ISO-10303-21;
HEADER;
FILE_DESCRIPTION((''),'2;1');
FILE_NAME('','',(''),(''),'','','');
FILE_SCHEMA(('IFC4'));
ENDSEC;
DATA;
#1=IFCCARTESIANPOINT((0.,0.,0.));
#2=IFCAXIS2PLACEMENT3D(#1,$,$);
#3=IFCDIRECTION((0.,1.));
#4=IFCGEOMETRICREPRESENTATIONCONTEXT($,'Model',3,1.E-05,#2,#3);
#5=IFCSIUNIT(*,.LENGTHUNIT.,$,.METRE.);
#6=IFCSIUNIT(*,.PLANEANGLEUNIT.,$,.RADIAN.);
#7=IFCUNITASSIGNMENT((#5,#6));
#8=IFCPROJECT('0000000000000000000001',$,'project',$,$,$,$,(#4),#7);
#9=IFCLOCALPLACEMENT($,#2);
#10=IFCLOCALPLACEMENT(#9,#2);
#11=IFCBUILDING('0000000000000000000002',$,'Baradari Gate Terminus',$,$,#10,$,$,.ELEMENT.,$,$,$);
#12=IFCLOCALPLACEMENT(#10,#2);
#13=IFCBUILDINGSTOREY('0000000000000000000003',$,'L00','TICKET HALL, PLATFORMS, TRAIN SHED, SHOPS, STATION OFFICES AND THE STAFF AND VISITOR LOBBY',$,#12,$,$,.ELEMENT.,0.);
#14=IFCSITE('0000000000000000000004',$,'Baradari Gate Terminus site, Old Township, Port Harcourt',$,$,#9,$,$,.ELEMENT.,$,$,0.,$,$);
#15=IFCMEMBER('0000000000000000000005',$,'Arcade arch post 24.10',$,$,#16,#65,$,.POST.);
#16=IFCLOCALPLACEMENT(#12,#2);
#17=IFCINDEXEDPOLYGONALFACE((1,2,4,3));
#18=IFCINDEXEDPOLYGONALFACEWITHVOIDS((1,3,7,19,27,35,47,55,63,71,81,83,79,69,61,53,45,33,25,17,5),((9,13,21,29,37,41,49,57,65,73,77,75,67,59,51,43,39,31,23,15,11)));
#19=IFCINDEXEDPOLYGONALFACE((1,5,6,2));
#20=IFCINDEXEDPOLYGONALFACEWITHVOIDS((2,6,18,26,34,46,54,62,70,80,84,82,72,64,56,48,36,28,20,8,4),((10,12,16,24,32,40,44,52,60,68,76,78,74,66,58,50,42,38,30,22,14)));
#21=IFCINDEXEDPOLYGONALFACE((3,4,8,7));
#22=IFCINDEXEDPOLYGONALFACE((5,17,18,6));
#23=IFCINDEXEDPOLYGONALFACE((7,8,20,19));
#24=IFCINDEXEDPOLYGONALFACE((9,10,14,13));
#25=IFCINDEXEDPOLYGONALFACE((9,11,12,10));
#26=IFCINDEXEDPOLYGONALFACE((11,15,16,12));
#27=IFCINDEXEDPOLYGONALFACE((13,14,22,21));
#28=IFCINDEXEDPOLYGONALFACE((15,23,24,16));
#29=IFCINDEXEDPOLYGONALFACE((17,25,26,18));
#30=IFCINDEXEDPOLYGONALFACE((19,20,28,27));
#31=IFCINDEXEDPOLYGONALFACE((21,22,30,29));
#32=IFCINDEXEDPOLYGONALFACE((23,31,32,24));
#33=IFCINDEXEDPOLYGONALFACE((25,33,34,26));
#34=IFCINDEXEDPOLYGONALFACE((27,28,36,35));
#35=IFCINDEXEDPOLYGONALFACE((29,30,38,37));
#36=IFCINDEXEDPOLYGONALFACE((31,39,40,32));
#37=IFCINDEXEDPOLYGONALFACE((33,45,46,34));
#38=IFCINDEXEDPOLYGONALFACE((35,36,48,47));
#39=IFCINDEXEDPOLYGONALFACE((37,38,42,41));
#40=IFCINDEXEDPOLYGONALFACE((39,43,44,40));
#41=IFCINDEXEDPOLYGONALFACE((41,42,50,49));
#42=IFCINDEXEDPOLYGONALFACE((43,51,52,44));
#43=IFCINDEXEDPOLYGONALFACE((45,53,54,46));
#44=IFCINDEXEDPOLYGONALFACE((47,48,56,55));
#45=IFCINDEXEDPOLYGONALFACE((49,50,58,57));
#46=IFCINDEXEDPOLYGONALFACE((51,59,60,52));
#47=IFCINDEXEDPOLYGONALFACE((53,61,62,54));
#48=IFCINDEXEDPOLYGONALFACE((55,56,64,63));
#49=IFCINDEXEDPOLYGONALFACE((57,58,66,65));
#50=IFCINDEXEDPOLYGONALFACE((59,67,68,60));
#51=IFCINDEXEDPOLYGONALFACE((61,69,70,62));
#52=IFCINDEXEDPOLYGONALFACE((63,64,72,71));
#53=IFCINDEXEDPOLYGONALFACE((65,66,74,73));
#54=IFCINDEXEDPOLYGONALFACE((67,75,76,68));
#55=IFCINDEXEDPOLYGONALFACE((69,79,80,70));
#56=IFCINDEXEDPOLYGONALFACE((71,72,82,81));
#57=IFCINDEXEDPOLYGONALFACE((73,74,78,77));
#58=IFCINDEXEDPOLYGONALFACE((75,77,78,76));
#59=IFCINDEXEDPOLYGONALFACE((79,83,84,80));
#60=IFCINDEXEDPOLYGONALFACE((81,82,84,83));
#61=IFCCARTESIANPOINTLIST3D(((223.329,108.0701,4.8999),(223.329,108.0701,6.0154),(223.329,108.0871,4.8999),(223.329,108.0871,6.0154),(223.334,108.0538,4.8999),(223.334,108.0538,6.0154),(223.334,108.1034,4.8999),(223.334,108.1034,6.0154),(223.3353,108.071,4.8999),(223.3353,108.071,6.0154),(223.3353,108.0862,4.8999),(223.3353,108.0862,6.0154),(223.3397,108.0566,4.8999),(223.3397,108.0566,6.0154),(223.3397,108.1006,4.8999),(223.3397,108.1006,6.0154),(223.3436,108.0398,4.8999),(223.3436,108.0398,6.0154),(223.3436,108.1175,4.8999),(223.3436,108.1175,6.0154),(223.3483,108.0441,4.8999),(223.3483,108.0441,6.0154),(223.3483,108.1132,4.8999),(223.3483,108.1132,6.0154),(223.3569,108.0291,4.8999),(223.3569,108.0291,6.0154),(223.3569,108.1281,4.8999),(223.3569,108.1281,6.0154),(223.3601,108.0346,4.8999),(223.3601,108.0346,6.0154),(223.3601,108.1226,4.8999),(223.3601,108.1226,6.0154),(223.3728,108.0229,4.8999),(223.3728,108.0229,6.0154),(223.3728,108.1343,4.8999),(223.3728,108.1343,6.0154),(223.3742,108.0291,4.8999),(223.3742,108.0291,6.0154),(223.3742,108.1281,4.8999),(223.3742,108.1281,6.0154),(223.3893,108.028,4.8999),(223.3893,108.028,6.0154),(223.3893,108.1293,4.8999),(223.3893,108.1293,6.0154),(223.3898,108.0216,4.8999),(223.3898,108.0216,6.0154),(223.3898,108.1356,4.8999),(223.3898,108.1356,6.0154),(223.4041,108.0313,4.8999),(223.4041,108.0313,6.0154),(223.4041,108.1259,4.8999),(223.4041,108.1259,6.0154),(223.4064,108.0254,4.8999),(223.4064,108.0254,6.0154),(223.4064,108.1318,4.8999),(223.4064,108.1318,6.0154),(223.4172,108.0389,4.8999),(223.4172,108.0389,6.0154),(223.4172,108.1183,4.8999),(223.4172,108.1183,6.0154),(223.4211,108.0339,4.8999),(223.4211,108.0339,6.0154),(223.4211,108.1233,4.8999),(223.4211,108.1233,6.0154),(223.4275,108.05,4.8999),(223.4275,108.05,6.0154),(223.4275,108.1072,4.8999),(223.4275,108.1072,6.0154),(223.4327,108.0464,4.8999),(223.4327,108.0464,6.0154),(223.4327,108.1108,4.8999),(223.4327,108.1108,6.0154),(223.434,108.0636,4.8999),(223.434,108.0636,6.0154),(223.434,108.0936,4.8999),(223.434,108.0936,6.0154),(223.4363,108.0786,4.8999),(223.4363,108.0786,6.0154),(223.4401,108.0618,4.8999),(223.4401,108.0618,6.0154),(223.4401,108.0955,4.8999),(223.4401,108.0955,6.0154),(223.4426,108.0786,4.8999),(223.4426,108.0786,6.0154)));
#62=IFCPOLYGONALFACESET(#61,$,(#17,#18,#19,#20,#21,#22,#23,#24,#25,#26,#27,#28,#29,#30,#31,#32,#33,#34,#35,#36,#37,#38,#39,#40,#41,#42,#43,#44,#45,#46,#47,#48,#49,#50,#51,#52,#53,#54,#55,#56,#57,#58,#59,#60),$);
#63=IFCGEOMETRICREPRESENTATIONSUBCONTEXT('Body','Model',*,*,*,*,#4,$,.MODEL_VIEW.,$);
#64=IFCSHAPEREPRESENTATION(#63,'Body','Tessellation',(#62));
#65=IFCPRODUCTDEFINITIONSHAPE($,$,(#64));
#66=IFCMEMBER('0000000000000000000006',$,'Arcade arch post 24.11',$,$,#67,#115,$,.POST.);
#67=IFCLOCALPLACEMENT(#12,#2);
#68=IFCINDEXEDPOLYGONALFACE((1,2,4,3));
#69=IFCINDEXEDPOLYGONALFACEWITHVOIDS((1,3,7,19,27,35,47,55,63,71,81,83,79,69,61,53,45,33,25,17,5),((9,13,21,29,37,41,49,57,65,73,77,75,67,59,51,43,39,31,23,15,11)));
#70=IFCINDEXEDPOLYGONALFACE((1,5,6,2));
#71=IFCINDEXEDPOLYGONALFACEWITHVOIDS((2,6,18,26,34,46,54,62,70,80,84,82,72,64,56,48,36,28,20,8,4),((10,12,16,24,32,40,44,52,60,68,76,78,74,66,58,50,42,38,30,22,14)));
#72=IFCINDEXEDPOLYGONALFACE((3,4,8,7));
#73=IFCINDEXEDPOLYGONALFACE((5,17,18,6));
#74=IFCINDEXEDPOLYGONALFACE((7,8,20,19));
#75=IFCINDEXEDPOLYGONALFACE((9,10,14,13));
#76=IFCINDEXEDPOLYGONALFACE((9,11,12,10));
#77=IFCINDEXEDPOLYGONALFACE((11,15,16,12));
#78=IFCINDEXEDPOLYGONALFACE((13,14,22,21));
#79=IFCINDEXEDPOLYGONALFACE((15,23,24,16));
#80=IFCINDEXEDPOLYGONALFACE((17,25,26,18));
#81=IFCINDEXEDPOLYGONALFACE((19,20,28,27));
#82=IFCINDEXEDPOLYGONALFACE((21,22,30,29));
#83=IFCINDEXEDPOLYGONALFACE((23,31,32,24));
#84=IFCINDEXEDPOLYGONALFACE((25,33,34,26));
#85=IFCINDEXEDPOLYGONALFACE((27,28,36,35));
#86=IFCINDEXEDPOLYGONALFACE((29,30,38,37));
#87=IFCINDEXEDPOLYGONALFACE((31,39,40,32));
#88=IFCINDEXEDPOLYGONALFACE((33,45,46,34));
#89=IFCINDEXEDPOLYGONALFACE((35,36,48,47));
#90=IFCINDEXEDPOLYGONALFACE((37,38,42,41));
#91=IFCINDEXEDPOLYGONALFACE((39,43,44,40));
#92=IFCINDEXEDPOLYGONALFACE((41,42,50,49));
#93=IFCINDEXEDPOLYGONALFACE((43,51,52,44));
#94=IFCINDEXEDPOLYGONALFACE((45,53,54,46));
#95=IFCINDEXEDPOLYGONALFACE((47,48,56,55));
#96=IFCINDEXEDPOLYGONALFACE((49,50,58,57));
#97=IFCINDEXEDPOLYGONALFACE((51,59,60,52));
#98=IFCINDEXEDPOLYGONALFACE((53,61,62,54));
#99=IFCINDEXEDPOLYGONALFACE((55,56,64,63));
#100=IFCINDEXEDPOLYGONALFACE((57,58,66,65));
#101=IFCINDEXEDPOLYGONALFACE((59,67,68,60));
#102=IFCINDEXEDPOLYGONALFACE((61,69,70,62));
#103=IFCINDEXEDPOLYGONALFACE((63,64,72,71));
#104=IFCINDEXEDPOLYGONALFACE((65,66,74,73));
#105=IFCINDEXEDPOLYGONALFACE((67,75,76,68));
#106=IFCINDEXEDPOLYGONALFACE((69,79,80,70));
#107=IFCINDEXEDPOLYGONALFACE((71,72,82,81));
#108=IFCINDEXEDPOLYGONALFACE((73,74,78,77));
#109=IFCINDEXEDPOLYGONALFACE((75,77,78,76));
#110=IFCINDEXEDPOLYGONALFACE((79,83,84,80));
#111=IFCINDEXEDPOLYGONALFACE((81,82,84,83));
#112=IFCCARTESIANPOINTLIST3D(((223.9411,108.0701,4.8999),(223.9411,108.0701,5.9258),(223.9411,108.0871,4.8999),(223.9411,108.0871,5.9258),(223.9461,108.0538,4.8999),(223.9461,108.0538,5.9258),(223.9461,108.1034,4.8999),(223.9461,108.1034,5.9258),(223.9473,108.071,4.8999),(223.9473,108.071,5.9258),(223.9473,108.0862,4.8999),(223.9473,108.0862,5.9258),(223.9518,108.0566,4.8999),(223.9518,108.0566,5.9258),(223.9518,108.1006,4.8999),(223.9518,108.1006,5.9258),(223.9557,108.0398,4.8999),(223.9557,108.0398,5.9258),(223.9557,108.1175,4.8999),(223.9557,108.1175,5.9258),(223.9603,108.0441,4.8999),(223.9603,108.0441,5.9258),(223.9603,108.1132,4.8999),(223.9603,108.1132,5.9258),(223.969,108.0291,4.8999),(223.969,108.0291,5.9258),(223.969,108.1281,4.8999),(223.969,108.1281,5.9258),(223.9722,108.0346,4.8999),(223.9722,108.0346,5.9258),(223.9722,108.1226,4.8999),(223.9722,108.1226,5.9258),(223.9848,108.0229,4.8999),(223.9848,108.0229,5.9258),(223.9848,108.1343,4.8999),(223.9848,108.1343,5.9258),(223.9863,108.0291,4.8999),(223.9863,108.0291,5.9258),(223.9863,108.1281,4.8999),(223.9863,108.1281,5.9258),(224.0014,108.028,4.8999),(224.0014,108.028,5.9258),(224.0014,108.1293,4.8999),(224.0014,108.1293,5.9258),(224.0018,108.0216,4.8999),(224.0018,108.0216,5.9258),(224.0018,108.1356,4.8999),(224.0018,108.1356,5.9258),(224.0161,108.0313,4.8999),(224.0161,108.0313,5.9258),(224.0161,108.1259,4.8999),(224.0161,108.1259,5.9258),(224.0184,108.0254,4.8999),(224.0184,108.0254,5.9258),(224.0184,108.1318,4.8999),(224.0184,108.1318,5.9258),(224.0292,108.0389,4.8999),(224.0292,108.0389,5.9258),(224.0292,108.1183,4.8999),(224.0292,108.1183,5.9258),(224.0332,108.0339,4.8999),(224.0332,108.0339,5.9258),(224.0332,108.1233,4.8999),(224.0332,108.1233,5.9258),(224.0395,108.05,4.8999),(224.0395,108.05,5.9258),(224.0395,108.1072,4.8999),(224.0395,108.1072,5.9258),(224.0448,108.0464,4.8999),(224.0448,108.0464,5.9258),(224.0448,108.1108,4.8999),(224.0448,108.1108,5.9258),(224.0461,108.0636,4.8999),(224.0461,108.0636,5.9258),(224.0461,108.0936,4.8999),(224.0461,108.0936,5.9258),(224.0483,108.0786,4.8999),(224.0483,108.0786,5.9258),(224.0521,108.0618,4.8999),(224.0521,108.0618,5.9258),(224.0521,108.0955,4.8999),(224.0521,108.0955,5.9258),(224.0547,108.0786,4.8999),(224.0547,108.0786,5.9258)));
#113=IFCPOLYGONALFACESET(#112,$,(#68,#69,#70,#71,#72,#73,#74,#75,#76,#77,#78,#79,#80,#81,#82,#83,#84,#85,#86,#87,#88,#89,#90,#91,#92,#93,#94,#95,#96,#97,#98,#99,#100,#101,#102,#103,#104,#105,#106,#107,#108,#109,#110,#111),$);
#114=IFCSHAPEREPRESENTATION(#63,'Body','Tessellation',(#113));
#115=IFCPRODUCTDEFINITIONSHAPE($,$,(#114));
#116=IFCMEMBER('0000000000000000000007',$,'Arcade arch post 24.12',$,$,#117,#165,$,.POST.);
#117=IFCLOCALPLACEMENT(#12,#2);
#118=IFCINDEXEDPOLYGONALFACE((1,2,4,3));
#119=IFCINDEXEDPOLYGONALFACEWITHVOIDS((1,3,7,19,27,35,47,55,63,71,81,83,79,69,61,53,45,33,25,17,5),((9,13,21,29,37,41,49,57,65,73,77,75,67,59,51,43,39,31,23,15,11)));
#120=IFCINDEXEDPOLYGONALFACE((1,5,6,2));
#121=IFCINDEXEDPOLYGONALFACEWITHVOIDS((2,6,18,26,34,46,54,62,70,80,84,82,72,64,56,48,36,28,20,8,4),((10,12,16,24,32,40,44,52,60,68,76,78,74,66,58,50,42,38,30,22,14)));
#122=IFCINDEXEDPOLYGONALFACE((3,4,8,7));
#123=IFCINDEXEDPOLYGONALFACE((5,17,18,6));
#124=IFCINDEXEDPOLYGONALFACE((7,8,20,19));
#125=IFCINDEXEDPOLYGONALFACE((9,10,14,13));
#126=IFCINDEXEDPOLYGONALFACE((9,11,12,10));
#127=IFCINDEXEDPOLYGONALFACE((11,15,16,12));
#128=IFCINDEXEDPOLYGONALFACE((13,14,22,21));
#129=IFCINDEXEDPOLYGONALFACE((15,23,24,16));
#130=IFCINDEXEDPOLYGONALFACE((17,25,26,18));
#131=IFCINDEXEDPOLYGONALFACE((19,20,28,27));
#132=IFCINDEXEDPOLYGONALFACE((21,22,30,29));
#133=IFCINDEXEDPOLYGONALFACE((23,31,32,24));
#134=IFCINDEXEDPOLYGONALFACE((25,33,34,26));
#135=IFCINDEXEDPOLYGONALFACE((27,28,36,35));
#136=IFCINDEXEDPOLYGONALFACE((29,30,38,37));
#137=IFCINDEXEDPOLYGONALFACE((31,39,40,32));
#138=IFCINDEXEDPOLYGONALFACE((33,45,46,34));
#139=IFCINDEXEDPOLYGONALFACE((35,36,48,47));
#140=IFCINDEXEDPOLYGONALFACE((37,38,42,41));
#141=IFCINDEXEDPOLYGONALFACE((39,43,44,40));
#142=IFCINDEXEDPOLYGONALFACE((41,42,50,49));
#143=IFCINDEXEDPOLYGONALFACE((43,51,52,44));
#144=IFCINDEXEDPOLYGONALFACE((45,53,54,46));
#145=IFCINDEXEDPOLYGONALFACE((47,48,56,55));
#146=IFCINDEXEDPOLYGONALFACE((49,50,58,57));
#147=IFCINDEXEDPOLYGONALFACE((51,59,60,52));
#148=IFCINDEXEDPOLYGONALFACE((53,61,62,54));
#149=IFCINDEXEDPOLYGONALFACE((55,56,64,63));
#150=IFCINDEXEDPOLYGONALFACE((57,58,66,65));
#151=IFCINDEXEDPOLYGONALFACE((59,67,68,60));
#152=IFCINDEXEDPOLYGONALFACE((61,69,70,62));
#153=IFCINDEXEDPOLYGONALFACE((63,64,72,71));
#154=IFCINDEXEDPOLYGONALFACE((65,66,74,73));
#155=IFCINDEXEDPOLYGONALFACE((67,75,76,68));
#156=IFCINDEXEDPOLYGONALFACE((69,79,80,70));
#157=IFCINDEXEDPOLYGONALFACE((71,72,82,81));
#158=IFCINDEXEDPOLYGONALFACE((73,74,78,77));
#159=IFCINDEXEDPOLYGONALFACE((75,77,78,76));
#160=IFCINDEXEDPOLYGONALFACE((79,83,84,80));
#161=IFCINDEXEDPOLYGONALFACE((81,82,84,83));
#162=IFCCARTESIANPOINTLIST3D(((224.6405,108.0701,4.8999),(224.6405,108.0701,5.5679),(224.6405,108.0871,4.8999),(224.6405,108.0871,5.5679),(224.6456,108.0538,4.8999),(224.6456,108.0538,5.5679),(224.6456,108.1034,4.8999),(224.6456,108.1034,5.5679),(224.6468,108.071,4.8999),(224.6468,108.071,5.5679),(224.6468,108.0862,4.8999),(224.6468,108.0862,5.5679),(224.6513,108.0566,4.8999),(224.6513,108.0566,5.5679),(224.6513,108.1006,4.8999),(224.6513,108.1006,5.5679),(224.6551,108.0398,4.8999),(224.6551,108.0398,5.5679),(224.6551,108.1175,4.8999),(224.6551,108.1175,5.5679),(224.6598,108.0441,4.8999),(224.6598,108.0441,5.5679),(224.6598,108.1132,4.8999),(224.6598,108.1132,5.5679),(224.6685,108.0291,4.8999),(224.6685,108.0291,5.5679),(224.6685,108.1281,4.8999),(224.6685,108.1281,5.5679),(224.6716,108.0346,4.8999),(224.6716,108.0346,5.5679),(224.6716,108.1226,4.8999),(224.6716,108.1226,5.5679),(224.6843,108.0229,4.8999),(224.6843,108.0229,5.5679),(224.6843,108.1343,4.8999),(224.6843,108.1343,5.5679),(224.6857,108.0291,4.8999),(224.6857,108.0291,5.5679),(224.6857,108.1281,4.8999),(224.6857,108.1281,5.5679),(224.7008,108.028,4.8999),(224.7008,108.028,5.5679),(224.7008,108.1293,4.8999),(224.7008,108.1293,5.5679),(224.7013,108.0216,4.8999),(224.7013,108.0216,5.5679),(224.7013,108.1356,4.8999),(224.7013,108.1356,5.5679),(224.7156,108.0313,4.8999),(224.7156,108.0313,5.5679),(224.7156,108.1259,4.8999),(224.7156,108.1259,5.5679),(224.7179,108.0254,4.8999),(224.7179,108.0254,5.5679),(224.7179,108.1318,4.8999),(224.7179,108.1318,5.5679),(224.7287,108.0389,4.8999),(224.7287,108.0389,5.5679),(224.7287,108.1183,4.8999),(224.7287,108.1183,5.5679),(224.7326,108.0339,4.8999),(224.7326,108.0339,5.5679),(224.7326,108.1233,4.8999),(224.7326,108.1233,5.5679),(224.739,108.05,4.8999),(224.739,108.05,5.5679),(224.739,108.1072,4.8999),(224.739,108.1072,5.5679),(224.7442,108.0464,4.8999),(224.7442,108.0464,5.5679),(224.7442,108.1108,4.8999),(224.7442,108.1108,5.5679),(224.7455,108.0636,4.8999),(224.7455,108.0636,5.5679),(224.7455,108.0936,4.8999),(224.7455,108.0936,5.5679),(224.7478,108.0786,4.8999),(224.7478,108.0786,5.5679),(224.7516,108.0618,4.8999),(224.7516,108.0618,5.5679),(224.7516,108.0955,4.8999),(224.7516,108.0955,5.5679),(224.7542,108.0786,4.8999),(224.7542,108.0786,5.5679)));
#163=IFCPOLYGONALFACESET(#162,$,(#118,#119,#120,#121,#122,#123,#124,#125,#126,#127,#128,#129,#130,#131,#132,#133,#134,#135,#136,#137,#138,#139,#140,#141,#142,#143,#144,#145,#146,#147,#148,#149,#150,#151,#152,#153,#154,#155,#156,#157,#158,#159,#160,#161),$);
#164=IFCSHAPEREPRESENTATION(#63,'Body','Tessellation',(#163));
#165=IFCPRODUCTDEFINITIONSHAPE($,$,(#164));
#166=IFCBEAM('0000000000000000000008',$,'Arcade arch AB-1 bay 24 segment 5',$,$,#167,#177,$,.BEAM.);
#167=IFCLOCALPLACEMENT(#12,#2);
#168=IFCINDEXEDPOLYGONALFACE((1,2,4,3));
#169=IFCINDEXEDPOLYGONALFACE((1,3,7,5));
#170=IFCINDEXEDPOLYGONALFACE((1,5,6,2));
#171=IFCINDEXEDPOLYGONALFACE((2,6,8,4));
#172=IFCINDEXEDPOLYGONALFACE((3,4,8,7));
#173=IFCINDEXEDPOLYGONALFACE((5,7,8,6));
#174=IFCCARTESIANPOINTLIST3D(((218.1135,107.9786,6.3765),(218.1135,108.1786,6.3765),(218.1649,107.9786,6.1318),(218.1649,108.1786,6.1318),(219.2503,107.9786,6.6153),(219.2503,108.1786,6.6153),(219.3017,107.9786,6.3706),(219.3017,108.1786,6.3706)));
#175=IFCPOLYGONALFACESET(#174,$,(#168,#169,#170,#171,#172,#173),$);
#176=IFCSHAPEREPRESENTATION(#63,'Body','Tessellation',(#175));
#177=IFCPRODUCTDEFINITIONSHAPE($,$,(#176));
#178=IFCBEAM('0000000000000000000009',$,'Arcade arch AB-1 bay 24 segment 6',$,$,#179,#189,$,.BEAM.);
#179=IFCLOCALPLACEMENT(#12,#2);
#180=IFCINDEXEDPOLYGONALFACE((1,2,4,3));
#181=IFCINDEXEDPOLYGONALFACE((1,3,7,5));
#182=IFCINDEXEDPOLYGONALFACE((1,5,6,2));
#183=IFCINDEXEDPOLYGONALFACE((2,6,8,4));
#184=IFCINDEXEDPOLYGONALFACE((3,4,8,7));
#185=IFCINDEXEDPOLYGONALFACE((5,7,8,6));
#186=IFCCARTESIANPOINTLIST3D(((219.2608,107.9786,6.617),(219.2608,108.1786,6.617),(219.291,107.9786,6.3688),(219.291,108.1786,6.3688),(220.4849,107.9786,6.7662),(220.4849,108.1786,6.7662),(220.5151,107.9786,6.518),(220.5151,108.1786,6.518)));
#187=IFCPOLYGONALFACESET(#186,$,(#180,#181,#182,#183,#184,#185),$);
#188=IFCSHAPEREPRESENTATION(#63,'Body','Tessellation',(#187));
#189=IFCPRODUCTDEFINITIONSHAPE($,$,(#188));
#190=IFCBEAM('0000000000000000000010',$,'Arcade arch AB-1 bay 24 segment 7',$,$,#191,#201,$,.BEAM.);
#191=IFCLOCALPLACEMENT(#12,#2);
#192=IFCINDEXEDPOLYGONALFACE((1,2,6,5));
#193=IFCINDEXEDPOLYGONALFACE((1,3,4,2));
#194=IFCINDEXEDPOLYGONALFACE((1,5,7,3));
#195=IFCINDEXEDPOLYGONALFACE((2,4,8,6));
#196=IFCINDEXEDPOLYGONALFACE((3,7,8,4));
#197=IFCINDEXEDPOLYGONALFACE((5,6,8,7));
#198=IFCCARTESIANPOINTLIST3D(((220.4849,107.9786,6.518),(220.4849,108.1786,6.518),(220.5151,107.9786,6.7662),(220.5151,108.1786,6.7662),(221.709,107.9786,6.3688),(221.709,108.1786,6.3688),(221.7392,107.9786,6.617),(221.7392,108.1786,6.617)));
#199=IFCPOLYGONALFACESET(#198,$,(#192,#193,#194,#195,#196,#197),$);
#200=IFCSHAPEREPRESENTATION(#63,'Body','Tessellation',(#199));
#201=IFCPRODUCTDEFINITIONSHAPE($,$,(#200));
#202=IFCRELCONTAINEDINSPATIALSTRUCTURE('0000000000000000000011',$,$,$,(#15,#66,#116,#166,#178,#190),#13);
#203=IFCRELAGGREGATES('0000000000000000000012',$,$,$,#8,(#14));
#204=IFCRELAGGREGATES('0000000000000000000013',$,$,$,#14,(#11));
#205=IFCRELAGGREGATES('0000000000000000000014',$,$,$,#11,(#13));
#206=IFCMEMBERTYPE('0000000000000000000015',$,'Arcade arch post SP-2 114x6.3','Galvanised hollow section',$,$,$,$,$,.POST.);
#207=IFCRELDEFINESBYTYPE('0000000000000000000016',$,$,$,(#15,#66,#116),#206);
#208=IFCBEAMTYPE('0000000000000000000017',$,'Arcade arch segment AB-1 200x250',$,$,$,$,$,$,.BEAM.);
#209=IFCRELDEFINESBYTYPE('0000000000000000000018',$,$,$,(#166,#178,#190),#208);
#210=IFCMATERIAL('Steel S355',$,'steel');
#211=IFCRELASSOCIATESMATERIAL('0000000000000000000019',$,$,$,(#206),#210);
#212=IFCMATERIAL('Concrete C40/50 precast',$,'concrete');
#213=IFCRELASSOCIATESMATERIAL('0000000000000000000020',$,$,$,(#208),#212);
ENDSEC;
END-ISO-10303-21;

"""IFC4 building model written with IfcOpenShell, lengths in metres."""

from ifc_helpers import new_model, si_unit, direction, frame, origin, origin_2d, place, context, subcontext, project, spatial, rectangle, hollow_circle, extrude, material, material_profile, profile_set, type_object, element, save


model = new_model("IFC4")

# Units and contexts
model_context = context("Model", 3, precision=1e-05, world=origin(), true_north=direction((0.0, 1.0)))
body_context = subcontext(model_context, "Body", "Model", "MODEL_VIEW")
ifc_project = project(units=[si_unit("LENGTHUNIT", "METRE"), si_unit("PLANEANGLEUNIT", "RADIAN")], contexts=[model_context])

# Site, building, storey
site_placement = place(None, origin())
site = spatial("IfcSite", under=ifc_project, at=site_placement, Name="Baradari Gate Terminus site, Old Township, Port Harcourt", CompositionType="ELEMENT", RefElevation=0.0)
building_placement = place(site_placement, origin())
building = spatial("IfcBuilding", under=site, at=building_placement, Name="Baradari Gate Terminus", CompositionType="ELEMENT")
storey_placement = place(building_placement, origin())
storey = spatial("IfcBuildingStorey", under=building, at=storey_placement, Name="L00", Description="TICKET HALL, PLATFORMS, TRAIN SHED, SHOPS, STATION OFFICES AND THE STAFF AND VISITOR LOBBY", CompositionType="ELEMENT", Elevation=0.0)

# Members
ifc_material_1 = material(Name="Steel S355", Category="steel")
ifc_material_profile_1 = material_profile(ifc_material_1, hollow_circle(Radius=0.0571, WallThickness=0.0063, at=origin_2d()), Name="CHS 114.3x6.3")
ifc_profile_set_1 = profile_set([ifc_material_profile_1], Name="Steel S355")
member_type_1 = type_object("IfcMemberType", Name="Arcade arch post SP-2 114x6.3", Description="Galvanised hollow section", PredefinedType="POST", material=ifc_profile_set_1)
member_1_placement = place(storey_placement, frame((223.3855, 108.0786, 4.8999), z_axis=(0.0, 0.0, 1.0), x_axis=(1.0, 0.0, 0.0)))
element("IfcMember", 1, at=member_1_placement, inside=storey, type_object=member_type_1, Name="Arcade arch post 24.10", PredefinedType="POST", context=body_context, shape_type="SweptSolid", body=[
    extrude(hollow_circle(Radius=0.0571, WallThickness=0.0063, at=origin_2d()), origin(), (0.0, 0.0, 1.0), 1.1155),
])
member_2_placement = place(storey_placement, frame((223.9976, 108.0786, 4.8999), z_axis=(0.0, 0.0, 1.0), x_axis=(1.0, 0.0, 0.0)))
element("IfcMember", 2, at=member_2_placement, inside=storey, type_object=member_type_1, Name="Arcade arch post 24.11", PredefinedType="POST", context=body_context, shape_type="SweptSolid", body=[
    extrude(hollow_circle(Radius=0.0571, WallThickness=0.0063, at=origin_2d()), origin(), (0.0, 0.0, 1.0), 1.0259),
])
member_3_placement = place(storey_placement, frame((224.697, 108.0786, 4.8999), z_axis=(0.0, 0.0, 1.0), x_axis=(1.0, 0.0, 0.0)))
element("IfcMember", 3, at=member_3_placement, inside=storey, type_object=member_type_1, Name="Arcade arch post 24.12", PredefinedType="POST", context=body_context, shape_type="SweptSolid", body=[
    extrude(hollow_circle(Radius=0.0571, WallThickness=0.0063, at=origin_2d()), origin(), (0.0, 0.0, 1.0), 0.668),
])

# Beams
ifc_material_2 = material(Name="Concrete C40/50 precast", Category="concrete")
ifc_material_profile_2 = material_profile(ifc_material_2, rectangle(XDim=0.2, YDim=0.25, at=origin_2d()), Name="AB-1 200X250")
ifc_profile_set_2 = profile_set([ifc_material_profile_2], Name="Concrete C40/50 precast")
beam_type = type_object("IfcBeamType", Name="Arcade arch segment AB-1 200x250", PredefinedType="BEAM", material=ifc_profile_set_2)
beam_1_placement = place(storey_placement, frame((218.1392, 108.0786, 6.2542), z_axis=(0.978643, 0.0, 0.205566), x_axis=(0.0, 1.0, 0.0)))
element("IfcBeam", 4, at=beam_1_placement, inside=storey, type_object=beam_type, Name="Arcade arch AB-1 bay 24 segment 5", PredefinedType="BEAM", context=body_context, shape_type="SweptSolid", body=[
    extrude(rectangle(XDim=0.2, YDim=0.25, at=origin_2d()), origin(), (0.0, 0.0, 1.0), 1.1616),
])
for number, where, z_axis, x_axis, name in (
    (5, (219.2759, 108.0786, 6.4929), (0.992657, 0.0, 0.120964), (0.0, 1.0, 0.0), "Arcade arch AB-1 bay 24 segment 6"),
    (6, (220.5, 108.0786, 6.6421), (0.992657, 0.0, -0.120964), (0.0, 1.0, 0.0), "Arcade arch AB-1 bay 24 segment 7"),
):
    element("IfcBeam", number, at=place(storey_placement, frame(where, z_axis=z_axis, x_axis=x_axis)), inside=storey, type_object=beam_type, Name=name, PredefinedType="BEAM", context=body_context, shape_type="SweptSolid", body=[
        extrude(rectangle(XDim=0.2, YDim=0.25, at=origin_2d()), origin(), (0.0, 0.0, 1.0), 1.2332),
    ])

save(model, "model.ifc")
